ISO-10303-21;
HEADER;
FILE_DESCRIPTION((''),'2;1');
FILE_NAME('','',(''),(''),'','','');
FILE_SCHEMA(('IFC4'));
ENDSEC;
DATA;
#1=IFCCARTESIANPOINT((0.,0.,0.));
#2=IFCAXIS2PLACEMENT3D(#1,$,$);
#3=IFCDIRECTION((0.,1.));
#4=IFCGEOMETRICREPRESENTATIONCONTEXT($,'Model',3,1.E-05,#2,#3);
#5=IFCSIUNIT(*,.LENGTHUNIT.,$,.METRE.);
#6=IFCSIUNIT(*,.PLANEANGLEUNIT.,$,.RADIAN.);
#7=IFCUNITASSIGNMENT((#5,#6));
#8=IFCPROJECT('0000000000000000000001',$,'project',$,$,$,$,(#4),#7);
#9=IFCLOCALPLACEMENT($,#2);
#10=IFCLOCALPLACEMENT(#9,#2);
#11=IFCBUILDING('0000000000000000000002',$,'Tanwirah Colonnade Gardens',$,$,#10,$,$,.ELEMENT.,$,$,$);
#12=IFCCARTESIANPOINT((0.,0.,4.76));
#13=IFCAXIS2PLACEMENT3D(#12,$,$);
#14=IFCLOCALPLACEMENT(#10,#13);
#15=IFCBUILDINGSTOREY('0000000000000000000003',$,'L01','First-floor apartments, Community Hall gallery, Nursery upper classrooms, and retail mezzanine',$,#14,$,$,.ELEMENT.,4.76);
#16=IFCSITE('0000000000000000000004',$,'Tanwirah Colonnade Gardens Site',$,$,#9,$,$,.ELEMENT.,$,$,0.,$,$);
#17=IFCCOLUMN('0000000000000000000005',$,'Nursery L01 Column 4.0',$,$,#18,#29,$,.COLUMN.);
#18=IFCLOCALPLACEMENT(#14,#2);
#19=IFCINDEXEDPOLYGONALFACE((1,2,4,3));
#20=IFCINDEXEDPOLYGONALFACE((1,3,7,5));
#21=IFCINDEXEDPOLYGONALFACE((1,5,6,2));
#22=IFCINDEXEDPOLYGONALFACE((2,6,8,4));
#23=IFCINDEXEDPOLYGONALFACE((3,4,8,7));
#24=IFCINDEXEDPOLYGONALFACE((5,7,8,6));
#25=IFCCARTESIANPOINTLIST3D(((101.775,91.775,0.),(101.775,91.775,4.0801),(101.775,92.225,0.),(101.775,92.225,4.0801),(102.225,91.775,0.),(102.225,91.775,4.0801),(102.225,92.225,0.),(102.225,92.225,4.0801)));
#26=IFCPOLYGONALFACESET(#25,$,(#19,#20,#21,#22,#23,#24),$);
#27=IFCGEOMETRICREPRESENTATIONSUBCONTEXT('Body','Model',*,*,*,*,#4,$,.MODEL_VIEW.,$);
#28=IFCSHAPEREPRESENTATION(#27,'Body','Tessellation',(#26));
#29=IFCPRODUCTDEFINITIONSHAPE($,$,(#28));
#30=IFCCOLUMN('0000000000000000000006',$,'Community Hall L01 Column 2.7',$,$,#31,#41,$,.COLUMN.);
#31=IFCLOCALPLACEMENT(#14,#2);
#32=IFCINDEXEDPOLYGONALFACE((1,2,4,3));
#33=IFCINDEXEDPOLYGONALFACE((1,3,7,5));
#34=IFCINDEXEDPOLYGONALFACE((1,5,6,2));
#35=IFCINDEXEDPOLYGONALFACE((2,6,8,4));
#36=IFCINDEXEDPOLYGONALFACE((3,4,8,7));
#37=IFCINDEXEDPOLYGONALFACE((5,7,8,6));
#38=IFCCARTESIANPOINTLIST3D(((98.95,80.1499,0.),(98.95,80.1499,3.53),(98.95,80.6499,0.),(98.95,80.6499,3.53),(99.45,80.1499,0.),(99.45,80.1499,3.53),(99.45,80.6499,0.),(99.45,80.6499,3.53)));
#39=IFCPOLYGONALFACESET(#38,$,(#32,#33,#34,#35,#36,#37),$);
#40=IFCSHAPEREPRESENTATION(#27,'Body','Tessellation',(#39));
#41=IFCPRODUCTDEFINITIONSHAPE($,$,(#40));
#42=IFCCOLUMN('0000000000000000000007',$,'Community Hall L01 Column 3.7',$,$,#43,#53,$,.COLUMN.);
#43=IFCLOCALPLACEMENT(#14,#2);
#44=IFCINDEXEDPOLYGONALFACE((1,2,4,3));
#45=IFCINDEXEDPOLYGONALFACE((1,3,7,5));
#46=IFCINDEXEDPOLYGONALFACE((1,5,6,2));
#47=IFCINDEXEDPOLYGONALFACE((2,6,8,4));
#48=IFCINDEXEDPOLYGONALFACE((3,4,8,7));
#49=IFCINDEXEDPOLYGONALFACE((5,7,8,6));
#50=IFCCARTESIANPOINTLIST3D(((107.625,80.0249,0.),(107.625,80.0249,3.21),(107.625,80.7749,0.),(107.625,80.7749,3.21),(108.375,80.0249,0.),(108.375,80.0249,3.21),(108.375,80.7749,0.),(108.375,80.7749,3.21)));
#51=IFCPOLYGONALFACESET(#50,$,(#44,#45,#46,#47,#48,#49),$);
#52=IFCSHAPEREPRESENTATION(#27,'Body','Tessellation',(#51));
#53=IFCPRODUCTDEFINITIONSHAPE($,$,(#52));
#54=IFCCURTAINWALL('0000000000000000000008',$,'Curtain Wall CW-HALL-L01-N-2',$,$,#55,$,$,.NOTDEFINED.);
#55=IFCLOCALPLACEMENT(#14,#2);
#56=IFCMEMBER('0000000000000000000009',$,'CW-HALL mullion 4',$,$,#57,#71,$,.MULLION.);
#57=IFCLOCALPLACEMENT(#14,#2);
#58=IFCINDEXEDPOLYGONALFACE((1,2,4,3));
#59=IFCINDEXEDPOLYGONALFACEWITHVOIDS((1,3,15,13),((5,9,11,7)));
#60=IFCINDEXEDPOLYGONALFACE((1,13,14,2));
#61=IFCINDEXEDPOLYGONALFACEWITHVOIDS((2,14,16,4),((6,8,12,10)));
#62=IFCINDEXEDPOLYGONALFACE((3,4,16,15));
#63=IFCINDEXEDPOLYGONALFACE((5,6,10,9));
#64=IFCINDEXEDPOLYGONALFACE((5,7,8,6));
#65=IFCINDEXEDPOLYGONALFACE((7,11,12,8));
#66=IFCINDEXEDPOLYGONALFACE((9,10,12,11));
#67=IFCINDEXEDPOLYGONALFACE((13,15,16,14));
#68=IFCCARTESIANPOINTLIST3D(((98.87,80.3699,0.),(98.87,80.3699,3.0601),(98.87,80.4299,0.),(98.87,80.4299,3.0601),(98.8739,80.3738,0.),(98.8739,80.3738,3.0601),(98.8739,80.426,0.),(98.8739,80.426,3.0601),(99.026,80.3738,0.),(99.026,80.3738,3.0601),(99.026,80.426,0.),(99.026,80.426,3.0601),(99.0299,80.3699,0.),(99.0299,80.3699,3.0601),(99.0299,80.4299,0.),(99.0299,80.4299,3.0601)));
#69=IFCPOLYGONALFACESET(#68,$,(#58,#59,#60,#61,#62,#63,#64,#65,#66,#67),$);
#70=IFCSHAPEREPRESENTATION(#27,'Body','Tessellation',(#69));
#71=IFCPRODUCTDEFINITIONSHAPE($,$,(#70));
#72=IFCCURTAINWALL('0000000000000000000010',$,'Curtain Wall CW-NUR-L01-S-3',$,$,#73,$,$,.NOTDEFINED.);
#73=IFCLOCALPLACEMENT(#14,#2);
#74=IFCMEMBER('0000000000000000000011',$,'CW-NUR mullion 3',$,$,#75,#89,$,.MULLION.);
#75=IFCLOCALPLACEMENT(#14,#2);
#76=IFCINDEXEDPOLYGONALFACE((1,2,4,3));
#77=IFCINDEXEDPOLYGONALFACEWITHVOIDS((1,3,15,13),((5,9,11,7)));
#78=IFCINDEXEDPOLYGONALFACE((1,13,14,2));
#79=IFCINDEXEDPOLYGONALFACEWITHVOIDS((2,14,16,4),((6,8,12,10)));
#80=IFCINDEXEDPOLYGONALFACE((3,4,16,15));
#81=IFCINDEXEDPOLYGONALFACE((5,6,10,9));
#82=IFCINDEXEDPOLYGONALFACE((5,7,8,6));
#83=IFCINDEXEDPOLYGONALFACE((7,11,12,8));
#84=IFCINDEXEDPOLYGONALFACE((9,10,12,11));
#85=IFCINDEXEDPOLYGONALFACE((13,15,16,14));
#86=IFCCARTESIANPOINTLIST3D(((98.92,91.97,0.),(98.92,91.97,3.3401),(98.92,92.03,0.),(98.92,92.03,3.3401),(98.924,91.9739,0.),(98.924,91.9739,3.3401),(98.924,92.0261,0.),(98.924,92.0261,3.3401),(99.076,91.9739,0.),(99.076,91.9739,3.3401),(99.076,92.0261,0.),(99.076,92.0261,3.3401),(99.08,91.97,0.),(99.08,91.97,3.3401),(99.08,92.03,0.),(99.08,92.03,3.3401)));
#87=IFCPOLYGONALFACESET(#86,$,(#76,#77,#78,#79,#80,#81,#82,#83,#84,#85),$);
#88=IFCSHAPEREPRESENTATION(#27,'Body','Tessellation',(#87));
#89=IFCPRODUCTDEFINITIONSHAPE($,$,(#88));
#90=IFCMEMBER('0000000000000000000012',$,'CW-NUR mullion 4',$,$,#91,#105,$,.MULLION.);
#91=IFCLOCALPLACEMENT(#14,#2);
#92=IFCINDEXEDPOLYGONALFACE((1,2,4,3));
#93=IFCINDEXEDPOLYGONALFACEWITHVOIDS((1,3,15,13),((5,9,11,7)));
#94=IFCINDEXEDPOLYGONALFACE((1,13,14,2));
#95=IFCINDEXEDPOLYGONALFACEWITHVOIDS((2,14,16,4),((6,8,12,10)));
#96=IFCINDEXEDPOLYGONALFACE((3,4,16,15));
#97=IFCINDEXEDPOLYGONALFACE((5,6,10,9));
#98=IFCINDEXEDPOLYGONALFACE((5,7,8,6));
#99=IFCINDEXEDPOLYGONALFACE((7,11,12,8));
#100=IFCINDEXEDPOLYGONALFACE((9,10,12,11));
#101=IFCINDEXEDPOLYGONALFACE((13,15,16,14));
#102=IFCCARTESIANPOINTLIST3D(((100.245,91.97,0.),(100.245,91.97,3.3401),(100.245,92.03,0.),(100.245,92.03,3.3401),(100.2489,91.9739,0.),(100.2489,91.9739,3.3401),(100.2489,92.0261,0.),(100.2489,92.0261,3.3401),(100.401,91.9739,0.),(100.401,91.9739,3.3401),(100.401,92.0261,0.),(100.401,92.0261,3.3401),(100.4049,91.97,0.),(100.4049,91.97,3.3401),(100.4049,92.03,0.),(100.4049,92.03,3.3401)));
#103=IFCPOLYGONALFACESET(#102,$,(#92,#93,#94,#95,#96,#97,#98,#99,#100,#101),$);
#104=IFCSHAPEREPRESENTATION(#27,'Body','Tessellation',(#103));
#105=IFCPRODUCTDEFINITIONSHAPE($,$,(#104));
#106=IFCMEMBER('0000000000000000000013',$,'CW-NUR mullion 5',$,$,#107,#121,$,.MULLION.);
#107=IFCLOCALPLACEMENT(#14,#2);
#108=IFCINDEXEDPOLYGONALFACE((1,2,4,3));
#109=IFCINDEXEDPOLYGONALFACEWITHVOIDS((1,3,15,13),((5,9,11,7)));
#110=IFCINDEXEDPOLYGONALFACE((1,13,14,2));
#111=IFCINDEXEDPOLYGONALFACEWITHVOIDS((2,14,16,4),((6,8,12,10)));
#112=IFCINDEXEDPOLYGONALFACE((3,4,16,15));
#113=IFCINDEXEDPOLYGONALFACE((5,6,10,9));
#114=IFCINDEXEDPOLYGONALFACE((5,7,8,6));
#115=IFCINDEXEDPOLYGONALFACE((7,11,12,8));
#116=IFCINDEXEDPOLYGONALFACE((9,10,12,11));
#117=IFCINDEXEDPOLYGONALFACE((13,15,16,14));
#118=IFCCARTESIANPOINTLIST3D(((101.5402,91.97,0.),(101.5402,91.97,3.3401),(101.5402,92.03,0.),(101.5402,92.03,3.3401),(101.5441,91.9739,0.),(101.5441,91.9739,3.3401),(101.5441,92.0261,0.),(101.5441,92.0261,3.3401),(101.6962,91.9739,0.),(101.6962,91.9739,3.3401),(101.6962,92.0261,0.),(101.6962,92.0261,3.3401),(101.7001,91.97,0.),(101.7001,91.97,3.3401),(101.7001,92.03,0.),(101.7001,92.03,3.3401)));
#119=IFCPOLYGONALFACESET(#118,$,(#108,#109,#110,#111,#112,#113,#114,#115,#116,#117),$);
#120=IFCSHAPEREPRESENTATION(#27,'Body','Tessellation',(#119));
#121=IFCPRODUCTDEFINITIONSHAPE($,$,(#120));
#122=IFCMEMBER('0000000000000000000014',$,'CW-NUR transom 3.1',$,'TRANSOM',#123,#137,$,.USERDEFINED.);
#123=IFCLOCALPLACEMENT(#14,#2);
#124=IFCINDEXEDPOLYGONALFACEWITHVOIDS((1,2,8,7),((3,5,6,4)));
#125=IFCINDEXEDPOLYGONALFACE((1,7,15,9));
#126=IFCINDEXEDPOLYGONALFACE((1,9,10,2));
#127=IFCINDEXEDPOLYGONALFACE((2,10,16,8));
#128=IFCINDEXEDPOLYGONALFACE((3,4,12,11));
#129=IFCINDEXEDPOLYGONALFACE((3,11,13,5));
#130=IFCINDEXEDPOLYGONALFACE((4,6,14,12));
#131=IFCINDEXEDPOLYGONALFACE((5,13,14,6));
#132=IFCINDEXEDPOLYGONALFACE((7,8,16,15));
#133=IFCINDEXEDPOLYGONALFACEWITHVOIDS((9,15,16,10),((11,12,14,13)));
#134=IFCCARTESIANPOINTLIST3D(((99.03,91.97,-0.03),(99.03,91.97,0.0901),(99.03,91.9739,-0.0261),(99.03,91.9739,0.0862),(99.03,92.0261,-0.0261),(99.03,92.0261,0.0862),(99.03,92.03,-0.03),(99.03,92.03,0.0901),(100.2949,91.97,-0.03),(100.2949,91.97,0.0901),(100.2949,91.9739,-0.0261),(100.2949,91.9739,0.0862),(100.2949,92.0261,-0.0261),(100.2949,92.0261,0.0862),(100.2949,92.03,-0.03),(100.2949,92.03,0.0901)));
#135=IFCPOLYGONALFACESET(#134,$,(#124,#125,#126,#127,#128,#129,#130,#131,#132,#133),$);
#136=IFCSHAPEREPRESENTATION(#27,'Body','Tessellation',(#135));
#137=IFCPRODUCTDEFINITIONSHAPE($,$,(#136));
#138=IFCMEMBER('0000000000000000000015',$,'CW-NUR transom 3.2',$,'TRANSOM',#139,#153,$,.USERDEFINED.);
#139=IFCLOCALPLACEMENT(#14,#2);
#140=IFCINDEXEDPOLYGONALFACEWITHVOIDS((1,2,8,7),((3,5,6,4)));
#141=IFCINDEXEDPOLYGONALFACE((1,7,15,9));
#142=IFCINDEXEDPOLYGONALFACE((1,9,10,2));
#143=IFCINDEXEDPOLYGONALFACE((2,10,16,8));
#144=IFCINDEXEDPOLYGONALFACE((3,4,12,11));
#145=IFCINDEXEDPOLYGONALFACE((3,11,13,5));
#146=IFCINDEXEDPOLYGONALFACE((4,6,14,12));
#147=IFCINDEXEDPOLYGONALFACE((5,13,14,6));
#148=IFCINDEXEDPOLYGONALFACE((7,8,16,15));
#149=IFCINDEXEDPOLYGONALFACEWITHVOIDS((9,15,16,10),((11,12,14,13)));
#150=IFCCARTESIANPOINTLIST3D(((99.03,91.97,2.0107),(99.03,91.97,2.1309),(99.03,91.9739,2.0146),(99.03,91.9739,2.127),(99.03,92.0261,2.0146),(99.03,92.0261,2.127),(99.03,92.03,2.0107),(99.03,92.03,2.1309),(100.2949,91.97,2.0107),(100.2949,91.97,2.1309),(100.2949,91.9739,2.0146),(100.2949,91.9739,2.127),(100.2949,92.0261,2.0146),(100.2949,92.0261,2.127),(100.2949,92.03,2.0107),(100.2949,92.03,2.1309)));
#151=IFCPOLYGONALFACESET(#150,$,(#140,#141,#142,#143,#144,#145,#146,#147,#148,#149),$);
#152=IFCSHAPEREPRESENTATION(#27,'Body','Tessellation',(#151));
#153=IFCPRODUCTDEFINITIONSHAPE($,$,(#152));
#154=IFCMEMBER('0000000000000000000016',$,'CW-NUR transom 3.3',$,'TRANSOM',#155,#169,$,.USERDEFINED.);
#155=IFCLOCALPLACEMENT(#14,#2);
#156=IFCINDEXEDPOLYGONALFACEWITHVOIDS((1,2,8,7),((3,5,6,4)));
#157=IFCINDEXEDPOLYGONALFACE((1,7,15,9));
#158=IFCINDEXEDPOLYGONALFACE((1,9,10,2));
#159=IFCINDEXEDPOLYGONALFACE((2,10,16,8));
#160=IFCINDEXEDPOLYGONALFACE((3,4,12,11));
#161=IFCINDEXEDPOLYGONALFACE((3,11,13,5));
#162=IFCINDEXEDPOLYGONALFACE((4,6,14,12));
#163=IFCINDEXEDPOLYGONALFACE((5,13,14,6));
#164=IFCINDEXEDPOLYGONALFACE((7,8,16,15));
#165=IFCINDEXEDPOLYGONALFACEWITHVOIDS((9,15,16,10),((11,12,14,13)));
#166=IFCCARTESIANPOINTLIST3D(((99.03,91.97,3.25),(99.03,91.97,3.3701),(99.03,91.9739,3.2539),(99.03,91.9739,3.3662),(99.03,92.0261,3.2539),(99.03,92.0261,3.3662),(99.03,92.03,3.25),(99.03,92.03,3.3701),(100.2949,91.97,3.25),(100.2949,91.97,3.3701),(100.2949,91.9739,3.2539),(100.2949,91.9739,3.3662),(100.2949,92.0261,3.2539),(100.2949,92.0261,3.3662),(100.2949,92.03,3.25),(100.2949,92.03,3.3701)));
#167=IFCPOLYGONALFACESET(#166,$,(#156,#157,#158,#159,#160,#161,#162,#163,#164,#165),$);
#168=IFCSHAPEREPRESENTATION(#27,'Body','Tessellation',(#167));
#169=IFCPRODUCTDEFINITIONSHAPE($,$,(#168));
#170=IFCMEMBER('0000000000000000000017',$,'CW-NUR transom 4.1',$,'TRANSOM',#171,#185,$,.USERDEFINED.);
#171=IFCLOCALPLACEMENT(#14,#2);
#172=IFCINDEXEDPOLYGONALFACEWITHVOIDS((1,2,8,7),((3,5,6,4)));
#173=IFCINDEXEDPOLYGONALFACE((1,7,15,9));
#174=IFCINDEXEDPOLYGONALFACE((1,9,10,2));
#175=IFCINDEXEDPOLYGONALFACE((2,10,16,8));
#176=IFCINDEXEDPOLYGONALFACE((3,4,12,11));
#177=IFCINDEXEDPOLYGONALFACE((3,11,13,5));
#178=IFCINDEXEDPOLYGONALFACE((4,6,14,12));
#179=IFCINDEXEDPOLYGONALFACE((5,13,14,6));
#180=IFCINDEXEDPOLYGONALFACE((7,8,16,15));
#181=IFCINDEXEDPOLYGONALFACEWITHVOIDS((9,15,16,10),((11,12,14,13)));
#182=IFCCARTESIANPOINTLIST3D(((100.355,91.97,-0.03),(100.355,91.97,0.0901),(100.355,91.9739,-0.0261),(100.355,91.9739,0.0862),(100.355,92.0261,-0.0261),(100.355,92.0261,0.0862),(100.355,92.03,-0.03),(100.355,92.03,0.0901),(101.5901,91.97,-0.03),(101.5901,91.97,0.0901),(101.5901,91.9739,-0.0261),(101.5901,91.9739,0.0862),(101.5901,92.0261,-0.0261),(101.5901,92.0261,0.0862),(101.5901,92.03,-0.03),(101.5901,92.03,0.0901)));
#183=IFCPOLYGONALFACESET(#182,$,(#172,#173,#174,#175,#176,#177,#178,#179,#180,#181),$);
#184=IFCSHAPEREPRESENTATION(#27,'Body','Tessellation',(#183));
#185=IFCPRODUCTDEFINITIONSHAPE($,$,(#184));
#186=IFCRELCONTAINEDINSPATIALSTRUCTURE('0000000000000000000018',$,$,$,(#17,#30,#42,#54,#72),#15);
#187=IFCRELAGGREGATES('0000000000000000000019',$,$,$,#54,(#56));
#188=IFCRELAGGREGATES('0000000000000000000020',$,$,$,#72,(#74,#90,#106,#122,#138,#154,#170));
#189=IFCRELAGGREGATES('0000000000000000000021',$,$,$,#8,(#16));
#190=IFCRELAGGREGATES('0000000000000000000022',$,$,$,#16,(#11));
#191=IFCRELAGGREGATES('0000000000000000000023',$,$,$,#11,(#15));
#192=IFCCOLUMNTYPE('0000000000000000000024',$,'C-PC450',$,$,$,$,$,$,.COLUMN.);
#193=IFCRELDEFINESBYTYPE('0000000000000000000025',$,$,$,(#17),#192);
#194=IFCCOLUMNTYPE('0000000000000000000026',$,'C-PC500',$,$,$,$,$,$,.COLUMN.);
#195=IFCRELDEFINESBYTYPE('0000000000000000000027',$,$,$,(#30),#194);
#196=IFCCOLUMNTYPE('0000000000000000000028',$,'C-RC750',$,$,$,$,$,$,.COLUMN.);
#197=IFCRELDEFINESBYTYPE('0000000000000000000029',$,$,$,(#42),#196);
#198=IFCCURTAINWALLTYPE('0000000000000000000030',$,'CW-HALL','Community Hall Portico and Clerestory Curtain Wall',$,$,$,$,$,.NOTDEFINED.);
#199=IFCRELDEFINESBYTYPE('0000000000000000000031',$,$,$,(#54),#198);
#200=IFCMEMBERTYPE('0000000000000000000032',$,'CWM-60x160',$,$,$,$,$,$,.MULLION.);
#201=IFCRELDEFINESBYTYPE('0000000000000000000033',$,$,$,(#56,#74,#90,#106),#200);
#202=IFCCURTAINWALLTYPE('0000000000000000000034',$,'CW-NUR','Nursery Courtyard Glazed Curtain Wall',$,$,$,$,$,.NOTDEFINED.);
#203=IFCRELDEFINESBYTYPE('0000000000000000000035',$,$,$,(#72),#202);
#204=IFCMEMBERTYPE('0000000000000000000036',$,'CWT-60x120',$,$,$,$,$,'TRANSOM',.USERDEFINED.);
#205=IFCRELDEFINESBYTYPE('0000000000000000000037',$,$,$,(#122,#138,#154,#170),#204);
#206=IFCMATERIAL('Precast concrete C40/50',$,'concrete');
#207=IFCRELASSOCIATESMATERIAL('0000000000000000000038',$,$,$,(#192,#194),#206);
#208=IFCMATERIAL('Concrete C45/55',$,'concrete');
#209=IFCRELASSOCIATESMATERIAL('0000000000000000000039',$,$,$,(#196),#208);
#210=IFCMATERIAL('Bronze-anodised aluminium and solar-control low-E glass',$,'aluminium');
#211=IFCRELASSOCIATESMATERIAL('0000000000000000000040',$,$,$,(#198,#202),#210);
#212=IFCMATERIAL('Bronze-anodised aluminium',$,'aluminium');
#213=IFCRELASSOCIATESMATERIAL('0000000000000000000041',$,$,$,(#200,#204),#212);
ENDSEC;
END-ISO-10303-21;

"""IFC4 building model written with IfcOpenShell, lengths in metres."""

from ifc_helpers import new_model, si_unit, direction, frame, origin, origin_2d, place, context, subcontext, project, spatial, rectangle, hollow_rectangle, extrude, material, material_profile, profile_set, type_object, element, aggregate, save


model = new_model("IFC4")

# Units and contexts
model_context = context("Model", 3, precision=1e-05, world=origin(), true_north=direction((0.0, 1.0)))
body_context = subcontext(model_context, "Body", "Model", "MODEL_VIEW")
ifc_project = project(units=[si_unit("LENGTHUNIT", "METRE"), si_unit("PLANEANGLEUNIT", "RADIAN")], contexts=[model_context])

# Site, building, storey
site_placement = place(None, origin())
site = spatial("IfcSite", under=ifc_project, at=site_placement, Name="Tanwirah Colonnade Gardens Site", CompositionType="ELEMENT", RefElevation=0.0)
building_placement = place(site_placement, origin())
building = spatial("IfcBuilding", under=site, at=building_placement, Name="Tanwirah Colonnade Gardens", CompositionType="ELEMENT")
storey_placement = place(building_placement, frame((0.0, 0.0, 4.76)))
storey = spatial("IfcBuildingStorey", under=building, at=storey_placement, Name="L01", Description="First-floor apartments, Community Hall gallery, Nursery upper classrooms, and retail mezzanine", CompositionType="ELEMENT", Elevation=4.76)

# Columns
ifc_material_1 = material(Name="Precast concrete C40/50", Category="concrete")
ifc_material_profile_1 = material_profile(ifc_material_1, rectangle(XDim=0.45, YDim=0.45, at=origin_2d()), Name="PC-COL 450x450")
ifc_profile_set_1 = profile_set([ifc_material_profile_1], Name="Precast concrete C40/50")
column_type_1 = type_object("IfcColumnType", Name="C-PC450", PredefinedType="COLUMN", material=ifc_profile_set_1)
column_1_placement = place(storey_placement, frame((102.0, 92.0, 0.0), z_axis=(0.0, 0.0, 1.0), x_axis=(1.0, 0.0, 0.0)))
element("IfcColumn", 1, at=column_1_placement, inside=storey, type_object=column_type_1, Name="Nursery L01 Column 4.0", PredefinedType="COLUMN", context=body_context, shape_type="SweptSolid", body=[
    extrude(rectangle(XDim=0.45, YDim=0.45, at=origin_2d()), origin(), (0.0, 0.0, 1.0), 4.0801),
])
ifc_material_profile_2 = material_profile(ifc_material_1, rectangle(XDim=0.5, YDim=0.5, at=origin_2d()), Name="PC-COL 500x500")
ifc_profile_set_2 = profile_set([ifc_material_profile_2], Name="Precast concrete C40/50")
column_type_2 = type_object("IfcColumnType", Name="C-PC500", PredefinedType="COLUMN", material=ifc_profile_set_2)
column_2_placement = place(storey_placement, frame((99.2, 80.3999, 0.0), z_axis=(0.0, 0.0, 1.0), x_axis=(1.0, 0.0, 0.0)))
element("IfcColumn", 2, at=column_2_placement, inside=storey, type_object=column_type_2, Name="Community Hall L01 Column 2.7", PredefinedType="COLUMN", context=body_context, shape_type="SweptSolid", body=[
    extrude(rectangle(XDim=0.5, YDim=0.5, at=origin_2d()), origin(), (0.0, 0.0, 1.0), 3.53),
])
ifc_material_2 = material(Name="Concrete C45/55", Category="concrete")
ifc_material_profile_3 = material_profile(ifc_material_2, rectangle(XDim=0.75, YDim=0.75, at=origin_2d()), Name="RC-COL 750x750")
ifc_profile_set_3 = profile_set([ifc_material_profile_3], Name="Concrete C45/55")
column_type_3 = type_object("IfcColumnType", Name="C-RC750", PredefinedType="COLUMN", material=ifc_profile_set_3)
column_3_placement = place(storey_placement, frame((108.0, 80.3999, 0.0), z_axis=(0.0, 0.0, 1.0), x_axis=(1.0, 0.0, 0.0)))
element("IfcColumn", 3, at=column_3_placement, inside=storey, type_object=column_type_3, Name="Community Hall L01 Column 3.7", PredefinedType="COLUMN", context=body_context, shape_type="SweptSolid", body=[
    extrude(rectangle(XDim=0.75, YDim=0.75, at=origin_2d()), origin(), (0.0, 0.0, 1.0), 3.21),
])

# Curtain wall, member
ifc_material_3 = material(Name="Bronze-anodised aluminium and solar-control low-E glass", Category="aluminium")
curtain_wall_type_1 = type_object("IfcCurtainWallType", Name="CW-HALL", Description="Community Hall Portico and Clerestory Curtain Wall", PredefinedType="NOTDEFINED", material=ifc_material_3)
curtain_wall_1_placement = place(storey_placement, origin())
curtain_wall_1 = element("IfcCurtainWall", 4, at=curtain_wall_1_placement, inside=storey, type_object=curtain_wall_type_1, Name="Curtain Wall CW-HALL-L01-N-2", PredefinedType="NOTDEFINED")
ifc_material_4 = material(Name="Bronze-anodised aluminium", Category="aluminium")
ifc_material_profile_4 = material_profile(ifc_material_4, hollow_rectangle(XDim=0.0601, YDim=0.1599, WallThickness=0.0039, at=origin_2d()), Name="CW-MUL 60x160x4")
ifc_profile_set_4 = profile_set([ifc_material_profile_4], Name="Bronze-anodised aluminium")
member_type_1 = type_object("IfcMemberType", Name="CWM-60x160", PredefinedType="MULLION", material=ifc_profile_set_4)
member_1_placement = place(storey_placement, frame((98.95, 80.3999, 0.0), z_axis=(0.0, 0.0, 1.0), x_axis=(0.0, 1.0, 0.0)))
member_1 = element("IfcMember", 5, at=member_1_placement, type_object=member_type_1, Name="CW-HALL mullion 4", PredefinedType="MULLION", context=body_context, shape_type="SweptSolid", body=[
    extrude(hollow_rectangle(XDim=0.0601, YDim=0.1599, WallThickness=0.0039, at=origin_2d()), origin(), (0.0, 0.0, 1.0), 3.0601),
])

# Curtain wall, members
curtain_wall_type_2 = type_object("IfcCurtainWallType", Name="CW-NUR", Description="Nursery Courtyard Glazed Curtain Wall", PredefinedType="NOTDEFINED", material=ifc_material_3)
curtain_wall_2_placement = place(storey_placement, origin())
curtain_wall_2 = element("IfcCurtainWall", 6, at=curtain_wall_2_placement, inside=storey, type_object=curtain_wall_type_2, Name="Curtain Wall CW-NUR-L01-S-3", PredefinedType="NOTDEFINED")
member_2_placement = place(storey_placement, frame((99.0, 92.0, 0.0), z_axis=(0.0, 0.0, 1.0), x_axis=(0.0, 1.0, 0.0)))
member_2 = element("IfcMember", 7, at=member_2_placement, type_object=member_type_1, Name="CW-NUR mullion 3", PredefinedType="MULLION", context=body_context, shape_type="SweptSolid", body=[
    extrude(hollow_rectangle(XDim=0.0601, YDim=0.1599, WallThickness=0.0039, at=origin_2d()), origin(), (0.0, 0.0, 1.0), 3.3401),
])
member_3_placement = place(storey_placement, frame((100.325, 92.0, 0.0), z_axis=(0.0, 0.0, 1.0), x_axis=(0.0, 1.0, 0.0)))
member_3 = element("IfcMember", 8, at=member_3_placement, type_object=member_type_1, Name="CW-NUR mullion 4", PredefinedType="MULLION", context=body_context, shape_type="SweptSolid", body=[
    extrude(hollow_rectangle(XDim=0.0601, YDim=0.1599, WallThickness=0.0039, at=origin_2d()), origin(), (0.0, 0.0, 1.0), 3.3401),
])
member_4_placement = place(storey_placement, frame((101.6201, 92.0, 0.0), z_axis=(0.0, 0.0, 1.0), x_axis=(0.0, 1.0, 0.0)))
member_4 = element("IfcMember", 9, at=member_4_placement, type_object=member_type_1, Name="CW-NUR mullion 5", PredefinedType="MULLION", context=body_context, shape_type="SweptSolid", body=[
    extrude(hollow_rectangle(XDim=0.0601, YDim=0.1599, WallThickness=0.0039, at=origin_2d()), origin(), (0.0, 0.0, 1.0), 3.3401),
])
ifc_material_profile_5 = material_profile(ifc_material_4, hollow_rectangle(XDim=0.0601, YDim=0.1201, WallThickness=0.0039, at=origin_2d()), Name="CW-TRN 60x120x4")
ifc_profile_set_5 = profile_set([ifc_material_profile_5], Name="Bronze-anodised aluminium")
member_type_2 = type_object("IfcMemberType", Name="CWT-60x120", ElementType="TRANSOM", PredefinedType="USERDEFINED", material=ifc_profile_set_5)
member_5_placement = place(storey_placement, frame((99.03, 92.0, 0.03), z_axis=(1.0, 0.0, 0.0), x_axis=(0.0, 1.0, 0.0)))
member_5 = element("IfcMember", 10, at=member_5_placement, type_object=member_type_2, Name="CW-NUR transom 3.1", ObjectType="TRANSOM", PredefinedType="USERDEFINED", context=body_context, shape_type="SweptSolid", body=[
    extrude(hollow_rectangle(XDim=0.0601, YDim=0.1201, WallThickness=0.0039, at=origin_2d()), origin(), (0.0, 0.0, 1.0), 1.2649),
])
member_6_placement = place(storey_placement, frame((99.03, 92.0, 2.0708), z_axis=(1.0, 0.0, 0.0), x_axis=(0.0, 1.0, 0.0)))
member_6 = element("IfcMember", 11, at=member_6_placement, type_object=member_type_2, Name="CW-NUR transom 3.2", ObjectType="TRANSOM", PredefinedType="USERDEFINED", context=body_context, shape_type="SweptSolid", body=[
    extrude(hollow_rectangle(XDim=0.0601, YDim=0.1201, WallThickness=0.0039, at=origin_2d()), origin(), (0.0, 0.0, 1.0), 1.2649),
])
member_7_placement = place(storey_placement, frame((99.03, 92.0, 3.3101), z_axis=(1.0, 0.0, 0.0), x_axis=(0.0, 1.0, 0.0)))
member_7 = element("IfcMember", 12, at=member_7_placement, type_object=member_type_2, Name="CW-NUR transom 3.3", ObjectType="TRANSOM", PredefinedType="USERDEFINED", context=body_context, shape_type="SweptSolid", body=[
    extrude(hollow_rectangle(XDim=0.0601, YDim=0.1201, WallThickness=0.0039, at=origin_2d()), origin(), (0.0, 0.0, 1.0), 1.2649),
])
member_8_placement = place(storey_placement, frame((100.355, 92.0, 0.03), z_axis=(1.0, 0.0, 0.0), x_axis=(0.0, 1.0, 0.0)))
member_8 = element("IfcMember", 13, at=member_8_placement, type_object=member_type_2, Name="CW-NUR transom 4.1", ObjectType="TRANSOM", PredefinedType="USERDEFINED", context=body_context, shape_type="SweptSolid", body=[
    extrude(hollow_rectangle(XDim=0.0601, YDim=0.1201, WallThickness=0.0039, at=origin_2d()), origin(), (0.0, 0.0, 1.0), 1.2351),
])

aggregate(curtain_wall_1, [member_1])
aggregate(curtain_wall_2, [member_2, member_3, member_4, member_5, member_6, member_7, member_8])

save(model, "model.ifc")
